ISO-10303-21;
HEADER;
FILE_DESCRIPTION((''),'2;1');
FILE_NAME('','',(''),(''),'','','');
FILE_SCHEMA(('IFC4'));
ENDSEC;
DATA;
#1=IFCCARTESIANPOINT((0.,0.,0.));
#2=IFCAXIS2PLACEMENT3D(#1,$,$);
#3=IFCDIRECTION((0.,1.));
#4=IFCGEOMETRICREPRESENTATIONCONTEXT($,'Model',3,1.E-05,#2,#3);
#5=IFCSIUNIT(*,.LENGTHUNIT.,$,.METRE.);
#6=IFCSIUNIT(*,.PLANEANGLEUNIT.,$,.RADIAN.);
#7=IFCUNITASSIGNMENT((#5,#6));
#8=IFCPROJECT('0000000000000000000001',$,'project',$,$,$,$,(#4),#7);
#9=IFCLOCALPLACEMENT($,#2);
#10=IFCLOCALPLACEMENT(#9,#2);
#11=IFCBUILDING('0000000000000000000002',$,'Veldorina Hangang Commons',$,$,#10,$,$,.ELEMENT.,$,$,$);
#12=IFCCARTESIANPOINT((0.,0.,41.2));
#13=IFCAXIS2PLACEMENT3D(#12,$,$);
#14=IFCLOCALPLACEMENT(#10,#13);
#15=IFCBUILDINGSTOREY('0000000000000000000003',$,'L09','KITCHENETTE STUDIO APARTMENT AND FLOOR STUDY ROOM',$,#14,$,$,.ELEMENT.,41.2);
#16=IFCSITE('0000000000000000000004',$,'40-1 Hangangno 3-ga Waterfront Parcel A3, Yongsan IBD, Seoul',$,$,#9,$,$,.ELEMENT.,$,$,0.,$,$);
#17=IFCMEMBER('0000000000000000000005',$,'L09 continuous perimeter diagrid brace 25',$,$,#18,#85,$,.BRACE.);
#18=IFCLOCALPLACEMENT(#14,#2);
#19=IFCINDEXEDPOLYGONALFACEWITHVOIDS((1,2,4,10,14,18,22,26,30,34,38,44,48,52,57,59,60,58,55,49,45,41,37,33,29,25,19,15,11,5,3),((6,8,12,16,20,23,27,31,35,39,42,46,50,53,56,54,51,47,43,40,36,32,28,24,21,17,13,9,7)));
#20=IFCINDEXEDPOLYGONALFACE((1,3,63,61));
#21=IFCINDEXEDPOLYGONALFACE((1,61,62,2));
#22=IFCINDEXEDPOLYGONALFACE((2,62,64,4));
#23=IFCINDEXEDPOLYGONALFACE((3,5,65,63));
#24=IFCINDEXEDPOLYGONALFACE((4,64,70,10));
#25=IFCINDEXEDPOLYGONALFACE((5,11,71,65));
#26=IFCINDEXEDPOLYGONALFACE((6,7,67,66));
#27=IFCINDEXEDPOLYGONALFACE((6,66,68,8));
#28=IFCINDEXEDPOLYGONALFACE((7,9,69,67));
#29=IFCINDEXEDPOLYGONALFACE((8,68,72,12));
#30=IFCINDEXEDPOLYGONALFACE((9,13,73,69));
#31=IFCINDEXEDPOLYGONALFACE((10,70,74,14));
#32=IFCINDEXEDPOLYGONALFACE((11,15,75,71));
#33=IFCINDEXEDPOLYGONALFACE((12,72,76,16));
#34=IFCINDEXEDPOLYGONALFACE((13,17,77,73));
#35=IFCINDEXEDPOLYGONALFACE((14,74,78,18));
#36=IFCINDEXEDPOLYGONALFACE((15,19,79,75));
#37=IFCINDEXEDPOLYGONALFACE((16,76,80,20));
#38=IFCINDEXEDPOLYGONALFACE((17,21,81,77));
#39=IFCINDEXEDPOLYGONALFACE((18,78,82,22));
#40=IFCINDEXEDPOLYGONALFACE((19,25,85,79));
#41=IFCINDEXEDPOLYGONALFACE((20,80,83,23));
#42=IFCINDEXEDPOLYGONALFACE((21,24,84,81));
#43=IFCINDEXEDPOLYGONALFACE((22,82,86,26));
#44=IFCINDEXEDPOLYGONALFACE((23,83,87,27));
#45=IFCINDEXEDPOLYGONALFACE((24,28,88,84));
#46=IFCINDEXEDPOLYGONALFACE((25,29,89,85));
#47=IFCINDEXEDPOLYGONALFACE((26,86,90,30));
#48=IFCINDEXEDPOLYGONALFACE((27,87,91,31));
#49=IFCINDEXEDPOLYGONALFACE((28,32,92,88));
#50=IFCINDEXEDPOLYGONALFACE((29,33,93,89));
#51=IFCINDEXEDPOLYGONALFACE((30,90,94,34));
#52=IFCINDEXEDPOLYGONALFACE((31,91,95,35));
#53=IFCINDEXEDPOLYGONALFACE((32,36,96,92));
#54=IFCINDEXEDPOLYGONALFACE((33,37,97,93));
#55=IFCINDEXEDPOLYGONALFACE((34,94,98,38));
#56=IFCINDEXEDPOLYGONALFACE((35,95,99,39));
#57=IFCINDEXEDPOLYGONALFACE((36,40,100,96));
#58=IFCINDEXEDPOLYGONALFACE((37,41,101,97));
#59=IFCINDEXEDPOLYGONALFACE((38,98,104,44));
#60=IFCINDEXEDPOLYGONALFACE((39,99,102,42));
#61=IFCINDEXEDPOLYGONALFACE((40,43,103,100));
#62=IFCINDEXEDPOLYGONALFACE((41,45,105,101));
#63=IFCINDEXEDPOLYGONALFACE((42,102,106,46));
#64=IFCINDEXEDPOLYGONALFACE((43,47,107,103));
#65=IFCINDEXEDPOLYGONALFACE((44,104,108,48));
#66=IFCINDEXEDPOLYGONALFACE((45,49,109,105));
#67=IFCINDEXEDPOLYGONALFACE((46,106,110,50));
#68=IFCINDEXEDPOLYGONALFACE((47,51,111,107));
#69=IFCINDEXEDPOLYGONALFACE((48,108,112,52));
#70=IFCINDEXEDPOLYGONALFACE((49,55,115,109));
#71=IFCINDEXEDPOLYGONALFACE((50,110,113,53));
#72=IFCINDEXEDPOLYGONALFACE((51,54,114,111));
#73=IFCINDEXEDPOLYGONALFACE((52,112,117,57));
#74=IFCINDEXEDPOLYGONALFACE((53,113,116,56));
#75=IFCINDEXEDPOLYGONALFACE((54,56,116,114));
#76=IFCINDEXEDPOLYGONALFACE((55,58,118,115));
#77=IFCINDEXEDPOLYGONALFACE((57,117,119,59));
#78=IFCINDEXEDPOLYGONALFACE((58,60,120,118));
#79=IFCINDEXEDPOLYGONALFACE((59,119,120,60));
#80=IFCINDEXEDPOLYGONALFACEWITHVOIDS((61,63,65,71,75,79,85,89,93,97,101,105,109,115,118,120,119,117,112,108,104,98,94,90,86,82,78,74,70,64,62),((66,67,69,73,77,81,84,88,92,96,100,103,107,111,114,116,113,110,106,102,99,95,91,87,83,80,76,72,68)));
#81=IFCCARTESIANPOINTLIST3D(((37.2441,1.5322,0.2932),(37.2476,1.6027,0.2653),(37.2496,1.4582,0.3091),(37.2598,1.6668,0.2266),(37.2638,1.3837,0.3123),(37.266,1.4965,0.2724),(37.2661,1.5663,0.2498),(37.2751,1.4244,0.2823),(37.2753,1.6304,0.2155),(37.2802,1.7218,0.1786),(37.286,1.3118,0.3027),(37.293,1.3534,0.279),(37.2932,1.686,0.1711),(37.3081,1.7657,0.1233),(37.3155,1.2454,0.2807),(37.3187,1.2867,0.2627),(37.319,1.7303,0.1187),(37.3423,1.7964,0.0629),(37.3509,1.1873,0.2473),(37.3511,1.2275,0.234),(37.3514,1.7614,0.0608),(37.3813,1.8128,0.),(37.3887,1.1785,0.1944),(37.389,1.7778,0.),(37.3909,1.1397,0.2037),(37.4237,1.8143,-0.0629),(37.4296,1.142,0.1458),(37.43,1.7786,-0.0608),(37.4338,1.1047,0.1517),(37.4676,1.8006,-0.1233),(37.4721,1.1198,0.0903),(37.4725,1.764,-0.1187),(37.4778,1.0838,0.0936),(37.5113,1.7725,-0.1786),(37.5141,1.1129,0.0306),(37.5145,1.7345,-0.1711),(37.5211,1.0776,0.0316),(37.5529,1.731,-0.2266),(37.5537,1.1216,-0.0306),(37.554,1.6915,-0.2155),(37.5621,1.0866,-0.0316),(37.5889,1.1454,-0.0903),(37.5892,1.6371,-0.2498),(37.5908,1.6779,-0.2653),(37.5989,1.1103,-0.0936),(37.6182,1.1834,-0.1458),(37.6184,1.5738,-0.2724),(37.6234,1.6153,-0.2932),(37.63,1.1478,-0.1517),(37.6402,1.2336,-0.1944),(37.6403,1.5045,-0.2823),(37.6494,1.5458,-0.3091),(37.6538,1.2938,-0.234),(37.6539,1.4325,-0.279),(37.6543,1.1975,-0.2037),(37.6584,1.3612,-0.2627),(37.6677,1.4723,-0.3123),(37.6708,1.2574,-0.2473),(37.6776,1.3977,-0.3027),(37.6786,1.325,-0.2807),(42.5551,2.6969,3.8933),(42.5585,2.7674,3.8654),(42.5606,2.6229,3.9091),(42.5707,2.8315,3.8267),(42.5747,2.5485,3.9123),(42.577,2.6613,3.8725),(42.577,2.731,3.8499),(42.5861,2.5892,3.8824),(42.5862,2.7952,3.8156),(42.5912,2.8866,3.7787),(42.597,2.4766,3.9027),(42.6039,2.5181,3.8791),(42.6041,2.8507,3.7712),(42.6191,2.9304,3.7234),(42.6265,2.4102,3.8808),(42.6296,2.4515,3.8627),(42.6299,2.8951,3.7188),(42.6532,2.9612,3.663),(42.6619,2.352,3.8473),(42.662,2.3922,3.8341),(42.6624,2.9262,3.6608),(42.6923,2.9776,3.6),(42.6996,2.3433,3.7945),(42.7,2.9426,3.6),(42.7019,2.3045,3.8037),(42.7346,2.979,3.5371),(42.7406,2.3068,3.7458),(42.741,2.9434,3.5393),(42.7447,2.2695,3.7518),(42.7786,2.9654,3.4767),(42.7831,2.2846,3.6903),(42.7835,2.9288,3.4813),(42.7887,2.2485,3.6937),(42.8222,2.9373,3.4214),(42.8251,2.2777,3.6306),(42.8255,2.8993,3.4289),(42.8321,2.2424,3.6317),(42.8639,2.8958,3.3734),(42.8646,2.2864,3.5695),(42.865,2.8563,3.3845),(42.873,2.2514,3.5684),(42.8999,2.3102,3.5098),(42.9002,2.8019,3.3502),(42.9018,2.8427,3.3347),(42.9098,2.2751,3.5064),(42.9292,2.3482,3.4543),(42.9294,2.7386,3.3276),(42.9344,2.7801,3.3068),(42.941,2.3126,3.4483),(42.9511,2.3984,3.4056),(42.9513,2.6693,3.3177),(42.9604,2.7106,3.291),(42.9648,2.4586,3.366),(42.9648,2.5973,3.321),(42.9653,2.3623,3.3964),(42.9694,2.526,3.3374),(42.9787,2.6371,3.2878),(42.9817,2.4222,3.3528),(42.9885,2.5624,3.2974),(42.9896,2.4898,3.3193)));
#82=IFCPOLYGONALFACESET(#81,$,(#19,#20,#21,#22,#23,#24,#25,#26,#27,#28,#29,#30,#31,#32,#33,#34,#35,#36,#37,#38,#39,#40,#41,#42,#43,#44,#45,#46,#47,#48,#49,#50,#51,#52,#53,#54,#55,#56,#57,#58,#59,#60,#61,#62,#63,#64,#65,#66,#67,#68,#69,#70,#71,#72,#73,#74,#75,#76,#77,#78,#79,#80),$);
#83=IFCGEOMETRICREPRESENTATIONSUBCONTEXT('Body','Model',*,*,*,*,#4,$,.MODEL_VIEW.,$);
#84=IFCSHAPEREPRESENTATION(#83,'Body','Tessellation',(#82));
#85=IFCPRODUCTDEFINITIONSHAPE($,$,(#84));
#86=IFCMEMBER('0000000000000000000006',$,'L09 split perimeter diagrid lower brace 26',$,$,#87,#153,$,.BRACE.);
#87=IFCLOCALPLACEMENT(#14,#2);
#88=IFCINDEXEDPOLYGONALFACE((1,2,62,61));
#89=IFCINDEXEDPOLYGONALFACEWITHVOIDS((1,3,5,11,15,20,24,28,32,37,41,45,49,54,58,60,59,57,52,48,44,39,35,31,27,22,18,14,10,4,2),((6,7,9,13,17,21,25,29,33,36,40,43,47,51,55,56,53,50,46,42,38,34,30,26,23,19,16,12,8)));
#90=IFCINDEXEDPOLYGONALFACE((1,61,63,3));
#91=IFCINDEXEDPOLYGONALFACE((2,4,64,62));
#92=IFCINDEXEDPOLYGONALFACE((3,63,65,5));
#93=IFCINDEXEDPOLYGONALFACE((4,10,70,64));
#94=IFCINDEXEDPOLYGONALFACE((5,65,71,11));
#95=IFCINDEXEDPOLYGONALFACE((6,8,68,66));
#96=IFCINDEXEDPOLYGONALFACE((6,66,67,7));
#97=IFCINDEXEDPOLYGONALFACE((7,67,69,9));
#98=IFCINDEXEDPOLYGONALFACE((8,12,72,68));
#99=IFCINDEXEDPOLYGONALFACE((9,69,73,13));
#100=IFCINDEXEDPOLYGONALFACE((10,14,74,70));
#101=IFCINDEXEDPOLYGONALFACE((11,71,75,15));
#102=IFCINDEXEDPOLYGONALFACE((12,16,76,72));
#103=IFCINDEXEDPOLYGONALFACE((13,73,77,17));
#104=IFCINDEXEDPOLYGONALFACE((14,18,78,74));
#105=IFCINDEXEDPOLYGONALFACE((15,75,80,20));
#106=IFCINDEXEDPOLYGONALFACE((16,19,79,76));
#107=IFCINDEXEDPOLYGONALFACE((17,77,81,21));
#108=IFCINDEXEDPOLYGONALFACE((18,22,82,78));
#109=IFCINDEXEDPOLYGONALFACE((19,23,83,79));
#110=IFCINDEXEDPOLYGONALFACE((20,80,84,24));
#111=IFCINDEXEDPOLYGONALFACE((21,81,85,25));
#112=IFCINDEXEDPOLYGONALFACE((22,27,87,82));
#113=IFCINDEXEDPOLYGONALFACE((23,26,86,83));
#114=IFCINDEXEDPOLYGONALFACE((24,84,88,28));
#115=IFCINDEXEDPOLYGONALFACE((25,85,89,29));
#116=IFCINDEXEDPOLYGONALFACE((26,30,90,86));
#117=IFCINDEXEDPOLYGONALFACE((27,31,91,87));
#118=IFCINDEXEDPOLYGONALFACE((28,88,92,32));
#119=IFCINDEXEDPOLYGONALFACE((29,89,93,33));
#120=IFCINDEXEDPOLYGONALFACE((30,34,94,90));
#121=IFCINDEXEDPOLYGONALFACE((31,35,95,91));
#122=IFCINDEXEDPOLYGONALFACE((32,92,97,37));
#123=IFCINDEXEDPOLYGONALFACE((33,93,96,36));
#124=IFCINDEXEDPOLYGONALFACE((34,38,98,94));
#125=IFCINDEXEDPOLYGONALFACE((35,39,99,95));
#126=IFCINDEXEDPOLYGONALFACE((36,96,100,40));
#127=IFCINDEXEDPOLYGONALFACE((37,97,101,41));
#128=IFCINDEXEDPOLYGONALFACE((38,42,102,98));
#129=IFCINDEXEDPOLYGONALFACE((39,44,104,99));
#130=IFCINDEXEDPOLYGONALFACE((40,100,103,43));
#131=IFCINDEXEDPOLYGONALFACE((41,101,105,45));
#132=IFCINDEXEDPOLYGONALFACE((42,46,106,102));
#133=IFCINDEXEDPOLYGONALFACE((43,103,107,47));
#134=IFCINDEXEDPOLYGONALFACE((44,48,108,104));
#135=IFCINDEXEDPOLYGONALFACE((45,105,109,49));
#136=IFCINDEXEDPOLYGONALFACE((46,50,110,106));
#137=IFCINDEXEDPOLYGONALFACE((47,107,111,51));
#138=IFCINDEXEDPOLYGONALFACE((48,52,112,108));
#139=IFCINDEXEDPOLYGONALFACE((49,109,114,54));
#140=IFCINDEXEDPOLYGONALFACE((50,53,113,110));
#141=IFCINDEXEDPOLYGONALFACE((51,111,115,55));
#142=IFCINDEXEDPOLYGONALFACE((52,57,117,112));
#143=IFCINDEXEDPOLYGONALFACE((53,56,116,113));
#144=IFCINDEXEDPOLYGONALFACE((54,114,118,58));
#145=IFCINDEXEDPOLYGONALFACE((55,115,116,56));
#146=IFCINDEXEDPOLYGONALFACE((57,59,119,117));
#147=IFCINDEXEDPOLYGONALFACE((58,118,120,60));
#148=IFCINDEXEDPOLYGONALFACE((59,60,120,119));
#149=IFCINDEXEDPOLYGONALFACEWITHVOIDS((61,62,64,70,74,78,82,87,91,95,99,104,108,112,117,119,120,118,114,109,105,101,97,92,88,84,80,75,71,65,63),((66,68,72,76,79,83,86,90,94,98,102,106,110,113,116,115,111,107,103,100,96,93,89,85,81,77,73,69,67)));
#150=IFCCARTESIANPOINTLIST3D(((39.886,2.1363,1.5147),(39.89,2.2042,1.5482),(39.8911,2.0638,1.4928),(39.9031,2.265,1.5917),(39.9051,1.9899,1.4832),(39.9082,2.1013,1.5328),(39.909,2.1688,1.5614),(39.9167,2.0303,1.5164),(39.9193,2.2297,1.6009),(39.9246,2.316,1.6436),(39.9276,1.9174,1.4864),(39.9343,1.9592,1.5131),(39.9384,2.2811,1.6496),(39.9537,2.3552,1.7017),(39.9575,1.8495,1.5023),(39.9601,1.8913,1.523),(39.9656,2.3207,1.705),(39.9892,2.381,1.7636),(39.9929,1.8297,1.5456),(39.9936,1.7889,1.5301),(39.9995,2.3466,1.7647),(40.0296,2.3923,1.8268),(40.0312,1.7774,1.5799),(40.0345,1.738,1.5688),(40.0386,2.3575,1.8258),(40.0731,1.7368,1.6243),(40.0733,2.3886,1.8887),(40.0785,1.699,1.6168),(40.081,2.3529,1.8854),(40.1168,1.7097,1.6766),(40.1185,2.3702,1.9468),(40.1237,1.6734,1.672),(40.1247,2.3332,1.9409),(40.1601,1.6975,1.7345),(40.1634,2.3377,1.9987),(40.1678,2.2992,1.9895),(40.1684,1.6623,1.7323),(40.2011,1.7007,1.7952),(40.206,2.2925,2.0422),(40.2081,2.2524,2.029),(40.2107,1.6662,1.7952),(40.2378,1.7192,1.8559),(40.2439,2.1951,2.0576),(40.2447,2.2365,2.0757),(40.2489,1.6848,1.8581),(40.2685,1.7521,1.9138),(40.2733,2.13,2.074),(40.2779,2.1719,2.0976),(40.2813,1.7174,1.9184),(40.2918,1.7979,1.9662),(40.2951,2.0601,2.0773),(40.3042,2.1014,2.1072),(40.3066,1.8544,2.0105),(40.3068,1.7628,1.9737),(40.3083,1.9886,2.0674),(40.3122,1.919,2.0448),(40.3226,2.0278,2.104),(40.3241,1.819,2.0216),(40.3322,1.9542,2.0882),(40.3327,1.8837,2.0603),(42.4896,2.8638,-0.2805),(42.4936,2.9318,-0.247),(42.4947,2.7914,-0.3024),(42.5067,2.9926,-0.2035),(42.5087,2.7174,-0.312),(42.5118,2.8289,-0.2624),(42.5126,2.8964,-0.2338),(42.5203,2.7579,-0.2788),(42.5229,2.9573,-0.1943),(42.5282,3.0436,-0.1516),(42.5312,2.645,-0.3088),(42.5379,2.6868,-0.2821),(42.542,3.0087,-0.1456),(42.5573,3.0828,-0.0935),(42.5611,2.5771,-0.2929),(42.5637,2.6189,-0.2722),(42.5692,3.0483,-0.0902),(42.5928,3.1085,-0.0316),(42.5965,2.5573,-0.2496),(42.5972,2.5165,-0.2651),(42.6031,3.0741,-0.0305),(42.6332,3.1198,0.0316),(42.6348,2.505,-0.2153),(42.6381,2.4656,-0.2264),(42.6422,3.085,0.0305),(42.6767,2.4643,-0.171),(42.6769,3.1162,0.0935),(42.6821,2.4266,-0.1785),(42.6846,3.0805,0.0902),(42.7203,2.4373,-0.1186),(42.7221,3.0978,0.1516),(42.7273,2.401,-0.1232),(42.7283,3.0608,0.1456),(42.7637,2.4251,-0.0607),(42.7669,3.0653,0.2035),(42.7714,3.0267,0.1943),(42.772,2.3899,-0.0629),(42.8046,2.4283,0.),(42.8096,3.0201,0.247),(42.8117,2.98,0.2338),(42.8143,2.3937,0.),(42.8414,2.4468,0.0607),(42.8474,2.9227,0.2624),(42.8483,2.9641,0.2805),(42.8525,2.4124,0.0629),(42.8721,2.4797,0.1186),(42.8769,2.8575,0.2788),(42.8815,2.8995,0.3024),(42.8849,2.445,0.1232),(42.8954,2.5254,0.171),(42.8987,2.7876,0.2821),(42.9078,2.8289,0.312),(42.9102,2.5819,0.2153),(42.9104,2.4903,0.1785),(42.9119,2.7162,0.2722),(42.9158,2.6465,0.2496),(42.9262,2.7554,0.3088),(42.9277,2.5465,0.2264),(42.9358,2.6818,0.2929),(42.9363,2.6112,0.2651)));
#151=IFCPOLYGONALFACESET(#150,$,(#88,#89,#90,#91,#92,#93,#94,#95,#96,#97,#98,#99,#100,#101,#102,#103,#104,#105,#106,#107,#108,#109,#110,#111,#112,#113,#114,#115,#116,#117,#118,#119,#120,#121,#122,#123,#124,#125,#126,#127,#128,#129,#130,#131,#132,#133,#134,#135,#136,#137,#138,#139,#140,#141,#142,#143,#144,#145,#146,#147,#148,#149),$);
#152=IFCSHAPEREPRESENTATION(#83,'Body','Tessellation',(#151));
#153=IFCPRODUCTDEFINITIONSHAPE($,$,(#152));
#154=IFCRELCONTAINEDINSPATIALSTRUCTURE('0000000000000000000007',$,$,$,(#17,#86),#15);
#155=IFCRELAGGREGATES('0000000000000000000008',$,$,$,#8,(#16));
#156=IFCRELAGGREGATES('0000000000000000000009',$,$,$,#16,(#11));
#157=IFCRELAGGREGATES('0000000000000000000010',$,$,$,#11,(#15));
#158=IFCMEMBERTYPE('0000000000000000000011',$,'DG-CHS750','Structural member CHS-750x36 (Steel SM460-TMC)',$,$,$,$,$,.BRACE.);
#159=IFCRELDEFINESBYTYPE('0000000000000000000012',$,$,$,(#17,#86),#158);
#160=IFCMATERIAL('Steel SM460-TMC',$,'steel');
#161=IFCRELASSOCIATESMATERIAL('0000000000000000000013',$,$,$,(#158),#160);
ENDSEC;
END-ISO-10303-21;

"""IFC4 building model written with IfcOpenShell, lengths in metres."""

from ifc_helpers import new_model, si_unit, direction, frame, origin, origin_2d, place, context, subcontext, project, spatial, hollow_circle, extrude, material, material_profile, profile_set, type_object, element, save


model = new_model("IFC4")

# Units and contexts
model_context = context("Model", 3, precision=1e-05, world=origin(), true_north=direction((0.0, 1.0)))
body_context = subcontext(model_context, "Body", "Model", "MODEL_VIEW")
ifc_project = project(units=[si_unit("LENGTHUNIT", "METRE"), si_unit("PLANEANGLEUNIT", "RADIAN")], contexts=[model_context])

# Site, building, storey
site_placement = place(None, origin())
site = spatial("IfcSite", under=ifc_project, at=site_placement, Name="40-1 Hangangno 3-ga Waterfront Parcel A3, Yongsan IBD, Seoul", CompositionType="ELEMENT", RefElevation=0.0)
building_placement = place(site_placement, origin())
building = spatial("IfcBuilding", under=site, at=building_placement, Name="Veldorina Hangang Commons", CompositionType="ELEMENT")
storey_placement = place(building_placement, frame((0.0, 0.0, 41.2)))
storey = spatial("IfcBuildingStorey", under=building, at=storey_placement, Name="L09", Description="KITCHENETTE STUDIO APARTMENT AND FLOOR STUDY ROOM", CompositionType="ELEMENT", Elevation=41.2)

# Shared definitions
ifc_material_1 = material(Name="Steel SM460-TMC", Category="steel")

# Members
ifc_material_profile_1 = material_profile(ifc_material_1, hollow_circle(Radius=0.375, WallThickness=0.0359, at=origin_2d()), Name="CHS-750x36")
ifc_profile_set_1 = profile_set([ifc_material_profile_1], Name="Steel SM460-TMC")
member_type_1 = type_object("IfcMemberType", Name="DG-CHS750", Description="Structural member CHS-750x36 (Steel SM460-TMC)", PredefinedType="BRACE", material=ifc_profile_set_1)
member_1_placement = place(storey_placement, frame((37.4617, 1.4465, 0.0), z_axis=(0.81444, 0.17862, 0.55207), x_axis=(-0.214224, 0.976784, 0.0)))
element("IfcMember", 1, at=member_1_placement, inside=storey, type_object=member_type_1, Name="L09 continuous perimeter diagrid brace 25", PredefinedType="BRACE", context=body_context, shape_type="SweptSolid", body=[
    extrude(hollow_circle(Radius=0.375, WallThickness=0.0359, at=origin_2d()), origin(), (0.0, 0.0, 1.0), 6.521),
])
member_2_placement = place(storey_placement, frame((42.7134, 2.7549, 0.0), z_axis=(-0.802308, -0.224201, 0.553205), x_axis=(0.269134, -0.963103, 0.0)))
element("IfcMember", 2, at=member_2_placement, inside=storey, type_object=member_type_1, Name="L09 split perimeter diagrid lower brace 26", PredefinedType="BRACE", context=body_context, shape_type="SweptSolid", body=[
    extrude(hollow_circle(Radius=0.375, WallThickness=0.0359, at=origin_2d()), origin(), (0.0, 0.0, 1.0), 3.2451),
])

save(model, "model.ifc")
